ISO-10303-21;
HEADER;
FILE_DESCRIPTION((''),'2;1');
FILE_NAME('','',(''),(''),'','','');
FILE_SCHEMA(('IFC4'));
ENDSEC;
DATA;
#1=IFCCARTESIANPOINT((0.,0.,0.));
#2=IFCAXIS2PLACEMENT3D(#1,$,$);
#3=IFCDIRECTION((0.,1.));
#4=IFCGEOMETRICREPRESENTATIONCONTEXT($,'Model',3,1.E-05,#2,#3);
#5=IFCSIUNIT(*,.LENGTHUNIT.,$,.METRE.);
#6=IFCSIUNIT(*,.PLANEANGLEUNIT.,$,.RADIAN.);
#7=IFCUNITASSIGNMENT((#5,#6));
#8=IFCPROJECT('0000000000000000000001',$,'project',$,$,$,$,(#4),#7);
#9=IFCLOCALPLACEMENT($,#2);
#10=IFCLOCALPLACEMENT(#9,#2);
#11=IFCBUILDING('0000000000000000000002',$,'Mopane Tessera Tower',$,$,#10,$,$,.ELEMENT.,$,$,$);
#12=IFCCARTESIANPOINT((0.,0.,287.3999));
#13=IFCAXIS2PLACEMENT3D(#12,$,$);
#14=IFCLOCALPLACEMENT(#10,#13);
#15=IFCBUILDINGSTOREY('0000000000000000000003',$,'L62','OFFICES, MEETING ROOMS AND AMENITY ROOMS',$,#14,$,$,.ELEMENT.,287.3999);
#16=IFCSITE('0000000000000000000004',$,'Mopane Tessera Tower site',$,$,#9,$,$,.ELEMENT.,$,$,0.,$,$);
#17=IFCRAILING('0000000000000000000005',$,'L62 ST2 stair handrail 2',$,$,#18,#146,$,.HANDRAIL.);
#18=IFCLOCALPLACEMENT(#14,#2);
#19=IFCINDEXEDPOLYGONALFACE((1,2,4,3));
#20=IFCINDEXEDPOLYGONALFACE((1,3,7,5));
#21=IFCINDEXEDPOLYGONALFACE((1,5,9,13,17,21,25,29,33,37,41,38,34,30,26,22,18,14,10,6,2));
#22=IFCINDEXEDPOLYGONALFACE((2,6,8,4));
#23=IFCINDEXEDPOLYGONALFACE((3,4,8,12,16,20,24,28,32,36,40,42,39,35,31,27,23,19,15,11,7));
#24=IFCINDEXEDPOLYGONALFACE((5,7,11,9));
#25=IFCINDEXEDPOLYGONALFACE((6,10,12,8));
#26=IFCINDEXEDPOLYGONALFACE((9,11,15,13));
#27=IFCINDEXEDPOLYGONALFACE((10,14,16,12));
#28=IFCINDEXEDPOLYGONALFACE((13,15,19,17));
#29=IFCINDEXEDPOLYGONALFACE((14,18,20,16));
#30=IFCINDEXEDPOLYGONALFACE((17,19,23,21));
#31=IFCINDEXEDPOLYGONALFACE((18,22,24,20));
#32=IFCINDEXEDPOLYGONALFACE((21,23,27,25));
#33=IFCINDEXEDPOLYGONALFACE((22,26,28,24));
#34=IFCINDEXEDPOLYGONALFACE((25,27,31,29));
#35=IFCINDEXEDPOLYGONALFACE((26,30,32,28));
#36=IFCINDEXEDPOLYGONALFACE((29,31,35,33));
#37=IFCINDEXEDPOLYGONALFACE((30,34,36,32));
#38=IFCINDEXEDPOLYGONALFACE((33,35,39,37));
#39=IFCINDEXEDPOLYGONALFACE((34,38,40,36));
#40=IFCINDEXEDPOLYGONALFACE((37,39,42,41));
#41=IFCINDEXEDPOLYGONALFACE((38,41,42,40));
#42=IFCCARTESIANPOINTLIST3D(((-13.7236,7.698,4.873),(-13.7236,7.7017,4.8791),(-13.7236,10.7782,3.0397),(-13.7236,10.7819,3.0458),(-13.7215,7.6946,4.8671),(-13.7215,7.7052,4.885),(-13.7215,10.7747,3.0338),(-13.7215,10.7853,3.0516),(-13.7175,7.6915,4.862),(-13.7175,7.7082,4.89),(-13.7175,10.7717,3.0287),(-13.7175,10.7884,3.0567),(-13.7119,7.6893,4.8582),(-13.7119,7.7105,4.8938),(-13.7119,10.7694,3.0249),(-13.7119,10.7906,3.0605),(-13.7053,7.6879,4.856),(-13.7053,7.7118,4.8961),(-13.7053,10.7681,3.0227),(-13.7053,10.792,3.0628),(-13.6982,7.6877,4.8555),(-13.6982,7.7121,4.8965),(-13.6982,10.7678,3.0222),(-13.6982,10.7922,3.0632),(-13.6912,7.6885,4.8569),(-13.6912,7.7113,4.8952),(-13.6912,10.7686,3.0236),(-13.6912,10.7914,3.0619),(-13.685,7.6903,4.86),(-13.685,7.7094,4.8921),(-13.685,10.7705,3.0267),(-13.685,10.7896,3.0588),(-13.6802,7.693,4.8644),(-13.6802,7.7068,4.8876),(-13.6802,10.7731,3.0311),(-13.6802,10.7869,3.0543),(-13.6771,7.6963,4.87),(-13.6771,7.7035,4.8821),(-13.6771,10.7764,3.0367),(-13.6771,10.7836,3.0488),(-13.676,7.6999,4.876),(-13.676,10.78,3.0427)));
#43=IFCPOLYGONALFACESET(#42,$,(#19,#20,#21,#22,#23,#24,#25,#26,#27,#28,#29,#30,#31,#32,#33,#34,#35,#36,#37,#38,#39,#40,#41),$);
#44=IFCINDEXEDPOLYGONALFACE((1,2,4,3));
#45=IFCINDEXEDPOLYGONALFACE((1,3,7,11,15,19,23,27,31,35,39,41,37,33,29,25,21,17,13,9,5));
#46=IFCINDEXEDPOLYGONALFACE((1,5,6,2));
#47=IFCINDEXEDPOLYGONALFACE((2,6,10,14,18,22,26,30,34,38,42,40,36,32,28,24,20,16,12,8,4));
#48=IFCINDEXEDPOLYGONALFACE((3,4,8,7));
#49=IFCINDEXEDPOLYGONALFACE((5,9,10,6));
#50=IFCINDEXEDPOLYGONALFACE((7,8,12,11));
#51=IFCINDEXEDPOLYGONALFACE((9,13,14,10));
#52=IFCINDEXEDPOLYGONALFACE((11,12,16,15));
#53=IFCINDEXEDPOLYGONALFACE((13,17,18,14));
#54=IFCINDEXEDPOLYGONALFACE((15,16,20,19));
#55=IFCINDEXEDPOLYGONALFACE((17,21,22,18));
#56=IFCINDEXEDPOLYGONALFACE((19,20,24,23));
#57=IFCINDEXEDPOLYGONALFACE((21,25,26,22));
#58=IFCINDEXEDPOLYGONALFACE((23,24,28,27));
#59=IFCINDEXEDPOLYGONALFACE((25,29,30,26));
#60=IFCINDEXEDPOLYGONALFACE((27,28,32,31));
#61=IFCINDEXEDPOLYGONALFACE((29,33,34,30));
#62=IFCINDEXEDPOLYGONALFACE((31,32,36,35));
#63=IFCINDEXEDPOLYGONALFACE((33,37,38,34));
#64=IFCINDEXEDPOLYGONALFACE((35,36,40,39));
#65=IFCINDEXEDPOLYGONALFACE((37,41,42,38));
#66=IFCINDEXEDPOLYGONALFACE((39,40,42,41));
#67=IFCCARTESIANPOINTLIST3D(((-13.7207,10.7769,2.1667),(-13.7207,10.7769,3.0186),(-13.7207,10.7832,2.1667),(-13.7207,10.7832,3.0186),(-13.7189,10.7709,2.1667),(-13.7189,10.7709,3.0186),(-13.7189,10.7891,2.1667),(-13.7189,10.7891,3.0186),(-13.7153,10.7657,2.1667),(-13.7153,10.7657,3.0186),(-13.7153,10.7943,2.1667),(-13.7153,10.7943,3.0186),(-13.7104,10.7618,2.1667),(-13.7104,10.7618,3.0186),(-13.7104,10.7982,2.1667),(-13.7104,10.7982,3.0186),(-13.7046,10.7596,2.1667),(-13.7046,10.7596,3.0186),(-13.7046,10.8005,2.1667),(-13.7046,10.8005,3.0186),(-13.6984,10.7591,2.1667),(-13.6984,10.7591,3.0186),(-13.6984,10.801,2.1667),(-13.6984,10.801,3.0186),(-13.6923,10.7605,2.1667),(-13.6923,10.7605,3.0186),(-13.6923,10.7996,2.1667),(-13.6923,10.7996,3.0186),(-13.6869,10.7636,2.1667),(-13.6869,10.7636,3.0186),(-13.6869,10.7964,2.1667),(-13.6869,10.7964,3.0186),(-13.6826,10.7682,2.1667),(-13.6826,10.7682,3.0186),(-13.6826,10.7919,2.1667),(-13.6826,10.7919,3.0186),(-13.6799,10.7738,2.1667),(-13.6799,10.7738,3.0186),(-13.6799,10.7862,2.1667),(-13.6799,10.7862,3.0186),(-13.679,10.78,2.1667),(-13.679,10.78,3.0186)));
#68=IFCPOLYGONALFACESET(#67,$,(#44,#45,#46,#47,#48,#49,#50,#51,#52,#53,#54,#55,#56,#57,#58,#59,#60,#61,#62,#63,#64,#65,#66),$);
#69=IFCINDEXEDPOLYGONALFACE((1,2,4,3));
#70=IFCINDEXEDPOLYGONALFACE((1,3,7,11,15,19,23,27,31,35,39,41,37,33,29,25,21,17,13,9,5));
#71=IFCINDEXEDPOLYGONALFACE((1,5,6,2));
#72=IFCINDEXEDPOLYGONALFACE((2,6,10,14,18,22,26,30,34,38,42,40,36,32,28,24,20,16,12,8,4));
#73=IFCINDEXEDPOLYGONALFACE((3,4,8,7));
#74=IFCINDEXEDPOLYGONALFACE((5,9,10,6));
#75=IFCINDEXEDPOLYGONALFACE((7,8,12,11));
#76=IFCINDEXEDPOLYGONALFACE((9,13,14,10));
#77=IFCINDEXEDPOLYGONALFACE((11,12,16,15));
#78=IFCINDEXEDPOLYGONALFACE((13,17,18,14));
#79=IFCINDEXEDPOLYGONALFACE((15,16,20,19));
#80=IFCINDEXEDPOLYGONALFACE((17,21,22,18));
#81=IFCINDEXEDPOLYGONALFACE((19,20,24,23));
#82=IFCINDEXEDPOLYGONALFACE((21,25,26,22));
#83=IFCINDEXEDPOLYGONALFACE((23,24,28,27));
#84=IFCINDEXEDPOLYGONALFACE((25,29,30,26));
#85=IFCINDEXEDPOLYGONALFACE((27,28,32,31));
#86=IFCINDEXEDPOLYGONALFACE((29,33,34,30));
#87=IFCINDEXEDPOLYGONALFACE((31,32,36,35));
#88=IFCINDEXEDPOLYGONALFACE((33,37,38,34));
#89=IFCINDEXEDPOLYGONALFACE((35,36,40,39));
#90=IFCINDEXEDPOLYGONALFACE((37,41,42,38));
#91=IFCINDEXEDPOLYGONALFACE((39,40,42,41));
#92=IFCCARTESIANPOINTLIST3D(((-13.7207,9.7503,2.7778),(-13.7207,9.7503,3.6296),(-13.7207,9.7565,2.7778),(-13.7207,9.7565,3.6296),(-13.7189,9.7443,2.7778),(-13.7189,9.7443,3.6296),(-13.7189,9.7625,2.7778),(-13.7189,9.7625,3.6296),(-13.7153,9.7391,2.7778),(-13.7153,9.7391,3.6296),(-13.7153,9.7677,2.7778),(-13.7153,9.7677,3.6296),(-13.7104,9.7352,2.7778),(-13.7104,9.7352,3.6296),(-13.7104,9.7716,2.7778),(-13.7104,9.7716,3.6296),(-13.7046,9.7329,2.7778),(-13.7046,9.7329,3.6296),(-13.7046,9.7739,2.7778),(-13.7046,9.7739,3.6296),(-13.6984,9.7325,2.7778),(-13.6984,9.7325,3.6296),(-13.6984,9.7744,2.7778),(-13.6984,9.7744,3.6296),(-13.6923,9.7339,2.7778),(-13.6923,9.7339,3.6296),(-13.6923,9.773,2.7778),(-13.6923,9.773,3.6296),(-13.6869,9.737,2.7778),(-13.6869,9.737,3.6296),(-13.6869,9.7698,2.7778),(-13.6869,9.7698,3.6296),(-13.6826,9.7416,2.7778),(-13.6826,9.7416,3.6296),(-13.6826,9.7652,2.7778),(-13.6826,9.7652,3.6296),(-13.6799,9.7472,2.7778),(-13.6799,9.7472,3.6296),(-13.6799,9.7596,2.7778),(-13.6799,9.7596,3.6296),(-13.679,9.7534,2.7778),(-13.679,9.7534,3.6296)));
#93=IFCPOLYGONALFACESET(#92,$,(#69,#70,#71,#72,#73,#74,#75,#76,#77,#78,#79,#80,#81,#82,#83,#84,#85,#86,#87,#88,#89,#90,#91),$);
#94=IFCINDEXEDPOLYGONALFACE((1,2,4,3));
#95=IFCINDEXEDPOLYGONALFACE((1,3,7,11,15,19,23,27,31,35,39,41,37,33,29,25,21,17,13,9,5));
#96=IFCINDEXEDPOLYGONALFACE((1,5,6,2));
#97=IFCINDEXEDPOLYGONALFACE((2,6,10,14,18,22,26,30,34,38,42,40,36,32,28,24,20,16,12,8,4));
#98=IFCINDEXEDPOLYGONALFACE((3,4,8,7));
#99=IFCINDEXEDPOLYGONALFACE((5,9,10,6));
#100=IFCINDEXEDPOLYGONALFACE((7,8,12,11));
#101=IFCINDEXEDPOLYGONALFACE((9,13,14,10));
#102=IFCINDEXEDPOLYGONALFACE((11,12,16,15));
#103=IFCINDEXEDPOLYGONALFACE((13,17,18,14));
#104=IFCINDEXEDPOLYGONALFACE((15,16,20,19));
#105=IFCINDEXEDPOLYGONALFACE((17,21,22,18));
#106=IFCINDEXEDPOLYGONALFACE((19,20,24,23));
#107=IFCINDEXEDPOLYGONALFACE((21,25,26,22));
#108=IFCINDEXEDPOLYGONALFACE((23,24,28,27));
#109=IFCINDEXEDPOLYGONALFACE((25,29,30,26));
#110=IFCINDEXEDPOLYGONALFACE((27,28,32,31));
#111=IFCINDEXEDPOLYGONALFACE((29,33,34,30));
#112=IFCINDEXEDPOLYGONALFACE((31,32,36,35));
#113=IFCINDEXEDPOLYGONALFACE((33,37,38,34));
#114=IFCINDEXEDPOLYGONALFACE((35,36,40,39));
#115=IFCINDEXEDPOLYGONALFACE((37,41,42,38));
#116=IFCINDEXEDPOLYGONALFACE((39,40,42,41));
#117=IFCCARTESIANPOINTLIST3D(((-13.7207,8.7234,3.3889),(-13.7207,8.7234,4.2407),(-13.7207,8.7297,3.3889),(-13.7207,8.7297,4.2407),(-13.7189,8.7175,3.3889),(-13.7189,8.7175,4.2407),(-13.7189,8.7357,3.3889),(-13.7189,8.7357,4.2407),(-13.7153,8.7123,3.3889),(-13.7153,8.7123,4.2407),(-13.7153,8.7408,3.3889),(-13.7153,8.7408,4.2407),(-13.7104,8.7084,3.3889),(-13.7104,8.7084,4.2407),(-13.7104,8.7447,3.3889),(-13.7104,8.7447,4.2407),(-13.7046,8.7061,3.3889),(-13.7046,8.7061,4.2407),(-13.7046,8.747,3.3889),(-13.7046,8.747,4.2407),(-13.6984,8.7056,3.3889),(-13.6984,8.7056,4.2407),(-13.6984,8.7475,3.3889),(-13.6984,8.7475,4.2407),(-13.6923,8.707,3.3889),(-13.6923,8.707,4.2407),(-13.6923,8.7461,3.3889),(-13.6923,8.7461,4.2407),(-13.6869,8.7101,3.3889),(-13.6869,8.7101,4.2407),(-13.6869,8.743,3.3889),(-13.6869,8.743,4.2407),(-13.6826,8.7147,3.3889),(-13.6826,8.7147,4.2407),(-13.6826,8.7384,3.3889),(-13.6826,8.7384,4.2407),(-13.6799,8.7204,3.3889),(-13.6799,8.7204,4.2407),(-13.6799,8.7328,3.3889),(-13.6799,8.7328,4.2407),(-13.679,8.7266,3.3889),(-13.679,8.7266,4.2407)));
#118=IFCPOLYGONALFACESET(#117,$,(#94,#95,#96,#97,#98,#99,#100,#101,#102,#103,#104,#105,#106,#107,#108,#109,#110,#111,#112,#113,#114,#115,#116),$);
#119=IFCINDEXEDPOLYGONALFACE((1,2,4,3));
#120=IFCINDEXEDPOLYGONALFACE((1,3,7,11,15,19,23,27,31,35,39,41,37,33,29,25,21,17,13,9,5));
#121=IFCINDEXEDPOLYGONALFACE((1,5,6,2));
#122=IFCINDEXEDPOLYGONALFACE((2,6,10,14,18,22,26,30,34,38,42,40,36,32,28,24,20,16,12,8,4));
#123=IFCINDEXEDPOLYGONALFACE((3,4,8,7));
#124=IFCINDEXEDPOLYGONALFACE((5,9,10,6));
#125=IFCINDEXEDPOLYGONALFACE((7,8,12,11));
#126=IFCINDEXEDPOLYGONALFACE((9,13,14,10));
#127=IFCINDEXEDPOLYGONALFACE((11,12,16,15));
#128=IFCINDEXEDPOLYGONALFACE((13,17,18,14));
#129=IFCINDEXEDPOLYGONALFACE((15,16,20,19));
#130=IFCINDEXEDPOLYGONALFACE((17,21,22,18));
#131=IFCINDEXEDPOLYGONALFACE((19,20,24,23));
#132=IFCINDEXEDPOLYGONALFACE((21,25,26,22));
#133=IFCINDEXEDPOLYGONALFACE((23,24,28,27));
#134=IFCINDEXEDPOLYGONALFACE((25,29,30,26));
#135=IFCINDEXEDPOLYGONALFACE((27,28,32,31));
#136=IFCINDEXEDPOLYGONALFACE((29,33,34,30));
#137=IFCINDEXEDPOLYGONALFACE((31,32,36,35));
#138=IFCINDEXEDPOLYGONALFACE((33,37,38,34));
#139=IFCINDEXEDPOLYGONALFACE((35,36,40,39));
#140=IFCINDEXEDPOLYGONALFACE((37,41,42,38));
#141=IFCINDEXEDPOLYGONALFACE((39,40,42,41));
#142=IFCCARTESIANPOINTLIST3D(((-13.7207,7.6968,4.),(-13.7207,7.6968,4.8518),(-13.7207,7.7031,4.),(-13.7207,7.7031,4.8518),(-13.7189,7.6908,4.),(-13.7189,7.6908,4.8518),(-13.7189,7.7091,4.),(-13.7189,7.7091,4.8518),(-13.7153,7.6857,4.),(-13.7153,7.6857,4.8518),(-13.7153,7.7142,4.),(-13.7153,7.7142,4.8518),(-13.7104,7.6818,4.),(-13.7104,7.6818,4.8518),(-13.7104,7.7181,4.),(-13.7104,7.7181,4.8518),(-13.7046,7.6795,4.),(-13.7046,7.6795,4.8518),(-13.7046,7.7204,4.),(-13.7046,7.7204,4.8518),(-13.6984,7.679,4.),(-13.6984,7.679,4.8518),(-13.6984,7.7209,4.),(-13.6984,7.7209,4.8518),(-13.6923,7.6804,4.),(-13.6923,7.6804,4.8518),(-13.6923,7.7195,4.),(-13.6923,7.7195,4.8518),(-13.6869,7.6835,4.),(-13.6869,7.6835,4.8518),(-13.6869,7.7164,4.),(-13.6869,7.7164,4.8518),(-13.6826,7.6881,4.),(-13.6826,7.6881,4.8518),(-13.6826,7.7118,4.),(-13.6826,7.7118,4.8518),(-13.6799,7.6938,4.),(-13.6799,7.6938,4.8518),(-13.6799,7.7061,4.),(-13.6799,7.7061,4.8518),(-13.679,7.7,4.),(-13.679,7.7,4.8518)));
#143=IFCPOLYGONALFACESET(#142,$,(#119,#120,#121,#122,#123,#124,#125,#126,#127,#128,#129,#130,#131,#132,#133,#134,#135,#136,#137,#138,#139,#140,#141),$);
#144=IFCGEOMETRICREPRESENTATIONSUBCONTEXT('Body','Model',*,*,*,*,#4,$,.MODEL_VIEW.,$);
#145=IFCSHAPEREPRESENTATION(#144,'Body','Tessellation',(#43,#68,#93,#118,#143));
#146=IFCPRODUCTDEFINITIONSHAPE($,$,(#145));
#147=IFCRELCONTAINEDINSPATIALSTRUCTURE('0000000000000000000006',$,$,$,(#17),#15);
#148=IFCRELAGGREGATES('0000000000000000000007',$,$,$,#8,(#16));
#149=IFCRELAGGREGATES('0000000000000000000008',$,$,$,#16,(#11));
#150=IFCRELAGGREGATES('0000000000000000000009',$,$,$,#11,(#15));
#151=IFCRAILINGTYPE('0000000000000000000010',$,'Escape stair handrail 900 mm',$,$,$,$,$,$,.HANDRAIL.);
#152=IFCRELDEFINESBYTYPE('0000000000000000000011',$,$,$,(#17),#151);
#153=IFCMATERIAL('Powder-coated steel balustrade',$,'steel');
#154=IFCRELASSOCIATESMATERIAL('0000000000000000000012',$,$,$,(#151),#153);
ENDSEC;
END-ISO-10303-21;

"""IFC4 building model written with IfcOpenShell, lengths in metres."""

from ifc_helpers import new_model, si_unit, direction, frame, origin, origin_2d, place, context, subcontext, project, spatial, circle, extrude, material, type_object, element, save


model = new_model("IFC4")

# Units and contexts
model_context = context("Model", 3, precision=1e-05, world=origin(), true_north=direction((0.0, 1.0)))
body_context = subcontext(model_context, "Body", "Model", "MODEL_VIEW")
ifc_project = project(units=[si_unit("LENGTHUNIT", "METRE"), si_unit("PLANEANGLEUNIT", "RADIAN")], contexts=[model_context])

# Site, building, storey
site_placement = place(None, origin())
site = spatial("IfcSite", under=ifc_project, at=site_placement, Name="Mopane Tessera Tower site", CompositionType="ELEMENT", RefElevation=0.0)
building_placement = place(site_placement, origin())
building = spatial("IfcBuilding", under=site, at=building_placement, Name="Mopane Tessera Tower", CompositionType="ELEMENT")
storey_placement = place(building_placement, frame((0.0, 0.0, 287.3999)))
storey = spatial("IfcBuildingStorey", under=building, at=storey_placement, Name="L62", Description="OFFICES, MEETING ROOMS AND AMENITY ROOMS", CompositionType="ELEMENT", Elevation=287.3999)

# Railing
ifc_material_1 = material(Name="Powder-coated steel balustrade", Category="steel")
railing_type_1 = type_object("IfcRailingType", Name="Escape stair handrail 900 mm", PredefinedType="HANDRAIL", material=ifc_material_1)
railing_1_placement = place(storey_placement, frame((-13.7, 10.78, 2.1667)))
element("IfcRailing", 1, at=railing_1_placement, inside=storey, type_object=railing_type_1, Name="L62 ST2 stair handrail 2", PredefinedType="HANDRAIL", context=body_context, shape_type="SweptSolid", body=[
    extrude(circle(Radius=0.0239, at=origin_2d()), frame((0.0, 0.0, 0.876), z_axis=(0.0, -0.859309, 0.511458), x_axis=(1.0, 0.0, 0.0)), (0.0, 0.0, 1.0), 3.5845),
    extrude(circle(Radius=0.021, at=origin_2d()), origin(), (0.0, 0.0, 1.0), 0.8518),
    extrude(circle(Radius=0.021, at=origin_2d()), frame((0.0, -1.0266, 0.6111)), (0.0, 0.0, 1.0), 0.8518),
    extrude(circle(Radius=0.021, at=origin_2d()), frame((0.0, -2.0535, 1.2222)), (0.0, 0.0, 1.0), 0.8518),
    extrude(circle(Radius=0.021, at=origin_2d()), frame((0.0, -3.0801, 1.8333)), (0.0, 0.0, 1.0), 0.8518),
])

save(model, "model.ifc")
